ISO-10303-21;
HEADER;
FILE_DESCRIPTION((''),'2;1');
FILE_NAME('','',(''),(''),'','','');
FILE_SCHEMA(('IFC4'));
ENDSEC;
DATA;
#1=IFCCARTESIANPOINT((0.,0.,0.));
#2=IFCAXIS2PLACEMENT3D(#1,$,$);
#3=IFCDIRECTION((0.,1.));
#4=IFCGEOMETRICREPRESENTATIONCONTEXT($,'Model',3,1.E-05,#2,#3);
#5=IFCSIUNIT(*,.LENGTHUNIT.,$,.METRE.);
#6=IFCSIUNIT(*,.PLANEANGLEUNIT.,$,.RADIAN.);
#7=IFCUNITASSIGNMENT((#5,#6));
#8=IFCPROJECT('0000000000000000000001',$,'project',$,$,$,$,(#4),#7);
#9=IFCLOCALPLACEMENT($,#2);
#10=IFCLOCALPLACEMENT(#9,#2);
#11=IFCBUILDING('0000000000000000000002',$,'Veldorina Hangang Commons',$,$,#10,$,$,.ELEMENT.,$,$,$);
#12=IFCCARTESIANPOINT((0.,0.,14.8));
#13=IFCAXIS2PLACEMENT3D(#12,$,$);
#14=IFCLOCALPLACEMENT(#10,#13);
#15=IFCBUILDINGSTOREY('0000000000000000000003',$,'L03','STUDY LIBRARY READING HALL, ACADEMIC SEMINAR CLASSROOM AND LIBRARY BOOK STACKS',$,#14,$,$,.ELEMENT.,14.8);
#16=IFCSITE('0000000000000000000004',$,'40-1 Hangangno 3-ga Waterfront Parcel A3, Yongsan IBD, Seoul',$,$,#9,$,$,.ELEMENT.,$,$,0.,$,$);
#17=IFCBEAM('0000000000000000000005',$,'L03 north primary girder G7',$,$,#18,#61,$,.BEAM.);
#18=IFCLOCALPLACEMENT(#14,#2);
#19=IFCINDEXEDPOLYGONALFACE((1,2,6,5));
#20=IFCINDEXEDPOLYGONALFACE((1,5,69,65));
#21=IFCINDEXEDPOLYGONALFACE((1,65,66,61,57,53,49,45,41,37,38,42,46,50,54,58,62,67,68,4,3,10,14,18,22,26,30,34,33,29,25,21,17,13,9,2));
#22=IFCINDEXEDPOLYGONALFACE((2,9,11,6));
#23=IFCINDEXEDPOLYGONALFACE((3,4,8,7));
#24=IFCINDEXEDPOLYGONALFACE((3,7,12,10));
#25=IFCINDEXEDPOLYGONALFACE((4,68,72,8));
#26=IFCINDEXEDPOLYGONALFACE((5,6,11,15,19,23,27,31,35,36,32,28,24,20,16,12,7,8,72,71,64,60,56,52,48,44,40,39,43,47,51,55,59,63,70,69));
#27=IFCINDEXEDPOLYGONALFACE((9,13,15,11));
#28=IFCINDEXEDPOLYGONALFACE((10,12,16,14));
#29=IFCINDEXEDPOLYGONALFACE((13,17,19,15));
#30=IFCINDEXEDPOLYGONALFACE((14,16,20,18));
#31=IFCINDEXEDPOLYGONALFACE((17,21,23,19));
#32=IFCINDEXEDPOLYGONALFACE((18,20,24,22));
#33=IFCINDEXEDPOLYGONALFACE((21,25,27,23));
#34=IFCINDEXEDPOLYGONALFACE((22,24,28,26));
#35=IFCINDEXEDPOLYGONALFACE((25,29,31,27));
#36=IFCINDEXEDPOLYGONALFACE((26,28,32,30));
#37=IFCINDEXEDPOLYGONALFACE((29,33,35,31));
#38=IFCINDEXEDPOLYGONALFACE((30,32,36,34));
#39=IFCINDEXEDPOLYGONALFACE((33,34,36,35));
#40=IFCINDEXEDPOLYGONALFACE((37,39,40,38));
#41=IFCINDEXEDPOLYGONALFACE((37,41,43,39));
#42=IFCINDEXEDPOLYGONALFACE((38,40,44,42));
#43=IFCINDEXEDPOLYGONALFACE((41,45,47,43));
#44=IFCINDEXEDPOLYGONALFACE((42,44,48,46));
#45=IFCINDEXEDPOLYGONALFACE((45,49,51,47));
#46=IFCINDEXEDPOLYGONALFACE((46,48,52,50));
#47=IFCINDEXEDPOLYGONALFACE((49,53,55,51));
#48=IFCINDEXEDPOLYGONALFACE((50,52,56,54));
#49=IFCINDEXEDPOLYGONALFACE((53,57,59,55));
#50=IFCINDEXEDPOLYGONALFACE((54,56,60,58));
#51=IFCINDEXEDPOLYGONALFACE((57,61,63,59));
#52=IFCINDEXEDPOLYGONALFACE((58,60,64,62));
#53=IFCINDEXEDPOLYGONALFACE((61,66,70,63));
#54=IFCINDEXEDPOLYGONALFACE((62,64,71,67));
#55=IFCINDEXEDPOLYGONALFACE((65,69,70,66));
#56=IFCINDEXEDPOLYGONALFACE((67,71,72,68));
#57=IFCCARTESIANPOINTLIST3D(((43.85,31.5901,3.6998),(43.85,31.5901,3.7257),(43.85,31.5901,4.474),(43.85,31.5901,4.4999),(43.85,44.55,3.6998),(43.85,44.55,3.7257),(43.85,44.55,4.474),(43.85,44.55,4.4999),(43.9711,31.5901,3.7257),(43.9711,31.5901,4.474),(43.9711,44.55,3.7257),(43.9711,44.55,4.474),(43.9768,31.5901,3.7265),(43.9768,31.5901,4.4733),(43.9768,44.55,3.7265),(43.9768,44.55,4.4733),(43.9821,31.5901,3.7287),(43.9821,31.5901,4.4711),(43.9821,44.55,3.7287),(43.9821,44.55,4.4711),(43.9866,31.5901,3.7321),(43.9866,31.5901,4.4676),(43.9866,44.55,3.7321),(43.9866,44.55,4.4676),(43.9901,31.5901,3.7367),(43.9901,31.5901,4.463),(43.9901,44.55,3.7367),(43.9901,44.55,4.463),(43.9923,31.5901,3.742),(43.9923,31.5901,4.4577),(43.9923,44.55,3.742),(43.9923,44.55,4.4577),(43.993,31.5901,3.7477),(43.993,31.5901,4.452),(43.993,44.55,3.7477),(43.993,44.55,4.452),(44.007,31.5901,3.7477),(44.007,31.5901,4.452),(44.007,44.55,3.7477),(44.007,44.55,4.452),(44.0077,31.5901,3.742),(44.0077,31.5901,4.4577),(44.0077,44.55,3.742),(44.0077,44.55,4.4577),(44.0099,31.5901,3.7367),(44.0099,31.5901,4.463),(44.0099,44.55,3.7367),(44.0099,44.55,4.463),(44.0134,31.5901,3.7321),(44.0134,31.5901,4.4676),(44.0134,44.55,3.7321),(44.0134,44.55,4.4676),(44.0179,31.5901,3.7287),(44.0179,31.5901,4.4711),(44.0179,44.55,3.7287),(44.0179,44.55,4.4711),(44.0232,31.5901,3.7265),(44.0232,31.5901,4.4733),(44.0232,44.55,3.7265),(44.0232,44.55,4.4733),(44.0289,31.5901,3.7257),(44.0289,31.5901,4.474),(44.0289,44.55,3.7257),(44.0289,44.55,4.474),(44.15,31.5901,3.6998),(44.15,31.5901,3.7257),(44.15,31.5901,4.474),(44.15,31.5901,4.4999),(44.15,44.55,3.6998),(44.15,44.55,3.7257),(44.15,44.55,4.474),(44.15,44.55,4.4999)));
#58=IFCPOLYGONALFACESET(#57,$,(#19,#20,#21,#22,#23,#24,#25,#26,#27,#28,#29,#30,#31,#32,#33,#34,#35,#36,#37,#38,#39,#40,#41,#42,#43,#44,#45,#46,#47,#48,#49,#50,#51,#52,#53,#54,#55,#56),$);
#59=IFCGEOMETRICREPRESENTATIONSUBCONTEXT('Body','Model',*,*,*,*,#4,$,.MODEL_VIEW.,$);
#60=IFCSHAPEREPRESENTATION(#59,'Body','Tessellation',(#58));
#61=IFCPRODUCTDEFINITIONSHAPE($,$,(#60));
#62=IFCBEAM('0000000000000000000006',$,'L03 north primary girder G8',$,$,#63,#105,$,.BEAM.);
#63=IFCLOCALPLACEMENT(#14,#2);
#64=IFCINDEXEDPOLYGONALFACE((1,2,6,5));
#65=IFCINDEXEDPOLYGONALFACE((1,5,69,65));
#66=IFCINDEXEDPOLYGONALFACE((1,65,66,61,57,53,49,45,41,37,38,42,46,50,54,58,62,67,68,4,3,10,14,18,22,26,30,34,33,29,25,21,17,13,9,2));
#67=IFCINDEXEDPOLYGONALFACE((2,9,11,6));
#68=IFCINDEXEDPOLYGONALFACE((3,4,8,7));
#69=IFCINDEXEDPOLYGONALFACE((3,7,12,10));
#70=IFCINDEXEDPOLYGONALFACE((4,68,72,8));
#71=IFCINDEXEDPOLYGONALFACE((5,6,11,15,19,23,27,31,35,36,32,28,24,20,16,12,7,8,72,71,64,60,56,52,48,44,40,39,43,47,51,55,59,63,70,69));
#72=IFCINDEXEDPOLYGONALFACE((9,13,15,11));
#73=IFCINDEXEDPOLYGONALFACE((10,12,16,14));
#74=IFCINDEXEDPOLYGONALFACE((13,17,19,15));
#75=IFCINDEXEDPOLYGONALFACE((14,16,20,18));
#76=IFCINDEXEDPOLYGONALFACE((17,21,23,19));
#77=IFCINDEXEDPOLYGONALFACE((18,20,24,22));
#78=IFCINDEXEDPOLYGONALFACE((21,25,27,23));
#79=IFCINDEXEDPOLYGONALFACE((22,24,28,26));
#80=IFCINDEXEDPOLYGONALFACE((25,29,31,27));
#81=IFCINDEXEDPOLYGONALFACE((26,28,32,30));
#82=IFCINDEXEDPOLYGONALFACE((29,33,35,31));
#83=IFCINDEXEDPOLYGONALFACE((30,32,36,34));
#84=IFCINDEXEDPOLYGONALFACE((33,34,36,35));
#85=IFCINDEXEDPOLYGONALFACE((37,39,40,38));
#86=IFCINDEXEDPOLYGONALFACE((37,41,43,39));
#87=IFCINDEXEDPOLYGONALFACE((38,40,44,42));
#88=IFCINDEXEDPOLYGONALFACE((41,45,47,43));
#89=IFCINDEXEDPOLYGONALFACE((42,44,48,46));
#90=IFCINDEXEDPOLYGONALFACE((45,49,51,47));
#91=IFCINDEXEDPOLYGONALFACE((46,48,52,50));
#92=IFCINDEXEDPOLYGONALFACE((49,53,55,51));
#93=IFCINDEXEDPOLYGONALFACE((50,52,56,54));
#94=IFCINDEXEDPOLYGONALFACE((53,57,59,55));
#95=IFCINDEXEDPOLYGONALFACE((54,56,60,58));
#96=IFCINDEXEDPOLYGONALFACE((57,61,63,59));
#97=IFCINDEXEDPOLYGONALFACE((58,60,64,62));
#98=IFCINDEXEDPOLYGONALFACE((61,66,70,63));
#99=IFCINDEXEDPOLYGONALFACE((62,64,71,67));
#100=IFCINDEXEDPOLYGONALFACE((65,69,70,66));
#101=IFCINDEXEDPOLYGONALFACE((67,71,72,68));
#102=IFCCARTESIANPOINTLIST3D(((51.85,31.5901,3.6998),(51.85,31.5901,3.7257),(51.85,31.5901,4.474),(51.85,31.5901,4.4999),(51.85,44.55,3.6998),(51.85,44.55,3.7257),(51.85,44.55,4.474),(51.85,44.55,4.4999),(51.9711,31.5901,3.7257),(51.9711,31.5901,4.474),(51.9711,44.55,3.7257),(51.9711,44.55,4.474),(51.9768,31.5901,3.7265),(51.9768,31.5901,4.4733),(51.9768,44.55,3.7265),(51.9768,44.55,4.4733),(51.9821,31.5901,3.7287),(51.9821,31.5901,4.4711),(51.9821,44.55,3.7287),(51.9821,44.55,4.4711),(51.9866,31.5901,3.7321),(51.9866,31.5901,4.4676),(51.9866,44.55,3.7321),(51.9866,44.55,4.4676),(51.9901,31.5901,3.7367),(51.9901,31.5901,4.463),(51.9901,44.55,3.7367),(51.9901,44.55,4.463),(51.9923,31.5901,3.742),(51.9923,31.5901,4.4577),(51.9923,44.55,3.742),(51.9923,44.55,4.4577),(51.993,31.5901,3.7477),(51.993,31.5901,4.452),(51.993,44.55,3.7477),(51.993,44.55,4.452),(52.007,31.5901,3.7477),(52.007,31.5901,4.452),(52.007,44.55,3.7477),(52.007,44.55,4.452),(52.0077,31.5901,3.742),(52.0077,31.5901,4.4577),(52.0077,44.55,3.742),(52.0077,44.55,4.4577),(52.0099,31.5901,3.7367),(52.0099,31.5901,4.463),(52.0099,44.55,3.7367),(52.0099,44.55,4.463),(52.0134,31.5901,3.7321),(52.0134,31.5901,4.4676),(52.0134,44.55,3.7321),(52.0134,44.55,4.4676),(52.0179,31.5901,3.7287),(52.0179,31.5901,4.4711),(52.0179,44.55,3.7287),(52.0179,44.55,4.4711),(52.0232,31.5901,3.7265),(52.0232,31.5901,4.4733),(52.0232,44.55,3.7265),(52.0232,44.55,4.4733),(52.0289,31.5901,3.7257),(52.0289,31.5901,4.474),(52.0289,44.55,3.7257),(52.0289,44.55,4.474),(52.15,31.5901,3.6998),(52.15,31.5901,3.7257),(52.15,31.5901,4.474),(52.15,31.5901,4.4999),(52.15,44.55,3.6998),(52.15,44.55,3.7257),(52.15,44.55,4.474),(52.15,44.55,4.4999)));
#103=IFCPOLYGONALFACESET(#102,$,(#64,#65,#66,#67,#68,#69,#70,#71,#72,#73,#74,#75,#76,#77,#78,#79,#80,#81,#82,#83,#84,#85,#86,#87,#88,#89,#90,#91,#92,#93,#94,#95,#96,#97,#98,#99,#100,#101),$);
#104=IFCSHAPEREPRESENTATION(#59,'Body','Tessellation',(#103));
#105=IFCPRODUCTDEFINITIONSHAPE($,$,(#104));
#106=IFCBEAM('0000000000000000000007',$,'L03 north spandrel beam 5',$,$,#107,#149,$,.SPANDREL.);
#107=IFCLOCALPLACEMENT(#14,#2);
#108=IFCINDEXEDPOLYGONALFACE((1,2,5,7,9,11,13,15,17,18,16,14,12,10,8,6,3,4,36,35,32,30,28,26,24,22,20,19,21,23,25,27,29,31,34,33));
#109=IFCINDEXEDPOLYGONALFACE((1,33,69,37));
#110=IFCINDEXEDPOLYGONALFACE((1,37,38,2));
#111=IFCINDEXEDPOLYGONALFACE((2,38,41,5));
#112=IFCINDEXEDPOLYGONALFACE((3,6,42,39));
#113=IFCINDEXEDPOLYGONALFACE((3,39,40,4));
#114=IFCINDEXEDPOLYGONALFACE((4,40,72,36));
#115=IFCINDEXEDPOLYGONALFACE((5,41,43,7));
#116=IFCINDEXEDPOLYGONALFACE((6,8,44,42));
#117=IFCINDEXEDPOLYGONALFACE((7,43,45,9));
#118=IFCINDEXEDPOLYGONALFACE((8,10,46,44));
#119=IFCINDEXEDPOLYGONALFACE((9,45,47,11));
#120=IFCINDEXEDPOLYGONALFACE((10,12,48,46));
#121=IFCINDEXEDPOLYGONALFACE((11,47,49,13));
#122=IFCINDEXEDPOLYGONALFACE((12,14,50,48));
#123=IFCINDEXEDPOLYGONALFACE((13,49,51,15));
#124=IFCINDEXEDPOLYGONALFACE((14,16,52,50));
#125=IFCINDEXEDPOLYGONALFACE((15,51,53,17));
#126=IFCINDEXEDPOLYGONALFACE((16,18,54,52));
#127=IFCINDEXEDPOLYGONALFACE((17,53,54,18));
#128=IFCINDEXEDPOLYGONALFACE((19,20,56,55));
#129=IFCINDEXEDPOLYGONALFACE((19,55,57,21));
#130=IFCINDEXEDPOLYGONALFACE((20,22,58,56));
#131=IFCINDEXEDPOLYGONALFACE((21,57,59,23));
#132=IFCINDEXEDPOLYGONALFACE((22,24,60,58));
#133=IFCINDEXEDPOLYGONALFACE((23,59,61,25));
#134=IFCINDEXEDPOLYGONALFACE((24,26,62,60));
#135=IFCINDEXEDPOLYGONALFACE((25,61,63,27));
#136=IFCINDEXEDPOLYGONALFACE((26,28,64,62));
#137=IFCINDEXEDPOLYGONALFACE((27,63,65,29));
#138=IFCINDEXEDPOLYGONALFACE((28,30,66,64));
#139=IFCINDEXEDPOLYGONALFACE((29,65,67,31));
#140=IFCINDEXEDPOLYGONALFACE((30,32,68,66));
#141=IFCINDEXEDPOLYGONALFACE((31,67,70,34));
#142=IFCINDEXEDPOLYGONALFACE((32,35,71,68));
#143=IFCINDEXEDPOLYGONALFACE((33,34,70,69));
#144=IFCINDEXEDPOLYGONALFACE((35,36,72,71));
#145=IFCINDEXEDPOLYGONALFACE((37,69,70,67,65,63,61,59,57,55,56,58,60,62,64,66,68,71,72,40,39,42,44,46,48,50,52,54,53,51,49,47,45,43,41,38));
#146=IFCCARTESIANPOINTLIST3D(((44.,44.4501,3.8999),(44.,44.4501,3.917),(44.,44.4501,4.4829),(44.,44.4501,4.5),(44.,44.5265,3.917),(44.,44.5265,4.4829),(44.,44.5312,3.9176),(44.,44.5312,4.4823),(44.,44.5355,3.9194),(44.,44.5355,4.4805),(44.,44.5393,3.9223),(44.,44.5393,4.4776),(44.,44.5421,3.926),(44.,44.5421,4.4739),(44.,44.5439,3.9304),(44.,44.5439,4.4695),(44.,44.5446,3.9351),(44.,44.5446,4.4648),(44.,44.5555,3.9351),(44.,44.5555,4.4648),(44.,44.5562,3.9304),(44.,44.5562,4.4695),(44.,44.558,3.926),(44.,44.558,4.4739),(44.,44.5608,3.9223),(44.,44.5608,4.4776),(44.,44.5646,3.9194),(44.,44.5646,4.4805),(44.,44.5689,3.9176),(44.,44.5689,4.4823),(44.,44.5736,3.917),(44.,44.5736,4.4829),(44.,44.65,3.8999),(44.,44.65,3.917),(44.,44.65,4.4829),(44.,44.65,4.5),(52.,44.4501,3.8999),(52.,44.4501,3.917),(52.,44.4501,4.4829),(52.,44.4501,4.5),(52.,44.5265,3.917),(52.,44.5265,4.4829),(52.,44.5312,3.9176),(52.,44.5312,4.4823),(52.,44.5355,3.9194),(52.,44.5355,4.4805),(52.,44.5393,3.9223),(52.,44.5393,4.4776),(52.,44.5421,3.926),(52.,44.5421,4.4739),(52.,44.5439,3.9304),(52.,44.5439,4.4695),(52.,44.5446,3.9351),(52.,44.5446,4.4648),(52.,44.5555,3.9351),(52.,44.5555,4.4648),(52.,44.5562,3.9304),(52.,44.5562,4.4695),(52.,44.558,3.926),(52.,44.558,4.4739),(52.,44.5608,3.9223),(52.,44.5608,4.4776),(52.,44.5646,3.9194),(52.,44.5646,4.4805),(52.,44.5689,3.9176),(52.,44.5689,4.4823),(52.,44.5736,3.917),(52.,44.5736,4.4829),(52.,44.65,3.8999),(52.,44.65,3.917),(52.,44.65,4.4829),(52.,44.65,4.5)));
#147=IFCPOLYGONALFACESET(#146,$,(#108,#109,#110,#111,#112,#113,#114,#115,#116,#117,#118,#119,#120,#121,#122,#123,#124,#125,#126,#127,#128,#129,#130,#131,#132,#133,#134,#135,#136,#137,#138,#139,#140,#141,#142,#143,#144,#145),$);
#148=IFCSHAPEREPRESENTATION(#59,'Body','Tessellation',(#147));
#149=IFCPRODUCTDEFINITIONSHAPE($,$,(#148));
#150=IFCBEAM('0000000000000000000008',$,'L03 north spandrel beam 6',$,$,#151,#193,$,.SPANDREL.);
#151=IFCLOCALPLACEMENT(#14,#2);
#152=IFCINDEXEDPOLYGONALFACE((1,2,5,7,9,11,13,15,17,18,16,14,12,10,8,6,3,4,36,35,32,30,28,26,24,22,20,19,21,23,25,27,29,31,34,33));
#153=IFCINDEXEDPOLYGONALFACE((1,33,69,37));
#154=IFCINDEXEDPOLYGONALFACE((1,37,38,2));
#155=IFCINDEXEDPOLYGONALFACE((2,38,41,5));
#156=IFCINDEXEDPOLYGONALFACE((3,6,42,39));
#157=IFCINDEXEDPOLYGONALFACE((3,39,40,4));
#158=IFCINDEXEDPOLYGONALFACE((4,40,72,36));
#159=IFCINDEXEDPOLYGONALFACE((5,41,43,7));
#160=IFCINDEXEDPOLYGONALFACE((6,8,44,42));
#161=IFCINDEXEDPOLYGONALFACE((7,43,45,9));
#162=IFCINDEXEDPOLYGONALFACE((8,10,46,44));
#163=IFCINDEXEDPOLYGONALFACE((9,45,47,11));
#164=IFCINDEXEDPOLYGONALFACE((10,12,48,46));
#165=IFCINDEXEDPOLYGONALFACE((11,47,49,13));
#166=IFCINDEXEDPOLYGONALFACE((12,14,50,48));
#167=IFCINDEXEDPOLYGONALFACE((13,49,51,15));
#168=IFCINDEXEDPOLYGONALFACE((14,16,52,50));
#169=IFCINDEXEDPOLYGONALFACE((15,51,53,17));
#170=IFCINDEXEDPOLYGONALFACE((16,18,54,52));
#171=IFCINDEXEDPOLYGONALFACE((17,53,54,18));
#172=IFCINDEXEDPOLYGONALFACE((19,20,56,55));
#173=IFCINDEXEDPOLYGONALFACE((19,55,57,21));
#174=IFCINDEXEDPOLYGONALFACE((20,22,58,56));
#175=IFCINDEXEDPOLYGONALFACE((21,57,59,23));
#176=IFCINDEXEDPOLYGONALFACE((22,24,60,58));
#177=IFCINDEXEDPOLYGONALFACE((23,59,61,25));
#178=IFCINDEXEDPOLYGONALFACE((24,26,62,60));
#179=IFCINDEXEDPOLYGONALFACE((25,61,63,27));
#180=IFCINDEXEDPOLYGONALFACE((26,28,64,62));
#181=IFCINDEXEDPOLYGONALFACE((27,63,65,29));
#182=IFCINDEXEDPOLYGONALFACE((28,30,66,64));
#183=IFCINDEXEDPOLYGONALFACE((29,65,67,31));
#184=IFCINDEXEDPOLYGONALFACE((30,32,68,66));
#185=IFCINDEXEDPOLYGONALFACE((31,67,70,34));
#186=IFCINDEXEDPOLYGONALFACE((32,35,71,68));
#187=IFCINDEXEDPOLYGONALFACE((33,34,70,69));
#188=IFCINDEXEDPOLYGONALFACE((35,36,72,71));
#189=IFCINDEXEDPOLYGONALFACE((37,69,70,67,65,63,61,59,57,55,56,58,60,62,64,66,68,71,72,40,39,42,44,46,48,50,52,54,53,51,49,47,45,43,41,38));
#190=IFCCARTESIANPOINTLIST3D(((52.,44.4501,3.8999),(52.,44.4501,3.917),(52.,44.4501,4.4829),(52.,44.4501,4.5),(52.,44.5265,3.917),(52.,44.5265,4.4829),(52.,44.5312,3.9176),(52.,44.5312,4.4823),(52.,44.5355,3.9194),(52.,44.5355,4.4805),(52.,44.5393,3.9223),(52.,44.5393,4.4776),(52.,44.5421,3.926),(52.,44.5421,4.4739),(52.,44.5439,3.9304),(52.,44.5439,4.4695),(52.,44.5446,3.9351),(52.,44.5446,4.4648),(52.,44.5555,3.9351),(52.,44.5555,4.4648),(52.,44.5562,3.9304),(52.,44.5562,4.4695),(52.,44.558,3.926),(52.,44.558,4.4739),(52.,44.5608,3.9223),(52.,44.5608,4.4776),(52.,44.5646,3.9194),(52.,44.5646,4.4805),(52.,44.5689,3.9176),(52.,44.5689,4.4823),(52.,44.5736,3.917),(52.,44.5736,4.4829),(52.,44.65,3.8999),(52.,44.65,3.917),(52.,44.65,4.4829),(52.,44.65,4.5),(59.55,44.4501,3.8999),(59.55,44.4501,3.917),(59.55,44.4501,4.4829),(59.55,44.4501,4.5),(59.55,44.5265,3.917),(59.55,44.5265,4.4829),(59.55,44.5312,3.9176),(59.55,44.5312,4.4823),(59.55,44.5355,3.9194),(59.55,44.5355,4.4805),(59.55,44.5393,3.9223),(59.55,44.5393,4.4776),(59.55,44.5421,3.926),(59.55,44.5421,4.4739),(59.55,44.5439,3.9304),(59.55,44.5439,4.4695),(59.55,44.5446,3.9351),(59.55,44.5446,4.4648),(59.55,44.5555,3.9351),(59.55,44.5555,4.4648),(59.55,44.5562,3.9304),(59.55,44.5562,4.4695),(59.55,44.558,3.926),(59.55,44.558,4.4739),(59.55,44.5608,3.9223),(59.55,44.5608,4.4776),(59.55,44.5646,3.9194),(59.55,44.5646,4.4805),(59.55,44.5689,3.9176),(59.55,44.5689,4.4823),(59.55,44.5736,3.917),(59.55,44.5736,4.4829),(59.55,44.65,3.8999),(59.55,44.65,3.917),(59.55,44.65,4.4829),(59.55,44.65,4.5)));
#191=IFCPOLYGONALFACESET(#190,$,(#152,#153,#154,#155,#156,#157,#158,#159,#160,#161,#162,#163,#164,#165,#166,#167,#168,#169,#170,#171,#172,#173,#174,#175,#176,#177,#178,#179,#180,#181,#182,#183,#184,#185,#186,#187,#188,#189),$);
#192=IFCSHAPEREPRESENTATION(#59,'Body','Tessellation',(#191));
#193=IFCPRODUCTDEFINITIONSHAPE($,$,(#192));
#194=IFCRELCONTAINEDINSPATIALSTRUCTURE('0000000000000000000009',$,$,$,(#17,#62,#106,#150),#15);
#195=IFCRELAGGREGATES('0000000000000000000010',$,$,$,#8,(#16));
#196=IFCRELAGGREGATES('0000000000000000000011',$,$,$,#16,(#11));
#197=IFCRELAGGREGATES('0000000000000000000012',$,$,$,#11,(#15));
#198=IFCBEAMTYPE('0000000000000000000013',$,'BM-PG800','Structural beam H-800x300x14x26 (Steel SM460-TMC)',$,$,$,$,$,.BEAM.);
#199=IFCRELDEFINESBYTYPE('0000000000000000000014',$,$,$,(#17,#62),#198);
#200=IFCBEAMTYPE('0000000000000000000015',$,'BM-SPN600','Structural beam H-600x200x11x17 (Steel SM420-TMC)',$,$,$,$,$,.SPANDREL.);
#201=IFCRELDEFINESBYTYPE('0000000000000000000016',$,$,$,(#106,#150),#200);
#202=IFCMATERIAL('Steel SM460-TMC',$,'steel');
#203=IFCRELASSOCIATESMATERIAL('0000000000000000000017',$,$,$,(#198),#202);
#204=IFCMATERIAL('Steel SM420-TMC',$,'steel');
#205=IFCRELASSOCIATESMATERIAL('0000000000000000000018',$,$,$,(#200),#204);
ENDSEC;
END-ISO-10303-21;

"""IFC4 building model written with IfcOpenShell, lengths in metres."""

from ifc_helpers import new_model, si_unit, direction, frame, origin, origin_2d, place, context, subcontext, project, spatial, i_section, extrude, material, material_profile, profile_set, type_object, element, save


model = new_model("IFC4")

# Units and contexts
model_context = context("Model", 3, precision=1e-05, world=origin(), true_north=direction((0.0, 1.0)))
body_context = subcontext(model_context, "Body", "Model", "MODEL_VIEW")
ifc_project = project(units=[si_unit("LENGTHUNIT", "METRE"), si_unit("PLANEANGLEUNIT", "RADIAN")], contexts=[model_context])

# Site, building, storey
site_placement = place(None, origin())
site = spatial("IfcSite", under=ifc_project, at=site_placement, Name="40-1 Hangangno 3-ga Waterfront Parcel A3, Yongsan IBD, Seoul", CompositionType="ELEMENT", RefElevation=0.0)
building_placement = place(site_placement, origin())
building = spatial("IfcBuilding", under=site, at=building_placement, Name="Veldorina Hangang Commons", CompositionType="ELEMENT")
storey_placement = place(building_placement, frame((0.0, 0.0, 14.8)))
storey = spatial("IfcBuildingStorey", under=building, at=storey_placement, Name="L03", Description="STUDY LIBRARY READING HALL, ACADEMIC SEMINAR CLASSROOM AND LIBRARY BOOK STACKS", CompositionType="ELEMENT", Elevation=14.8)

# Shared definitions
ifc_material_1 = material(Name="Steel SM420-TMC", Category="steel")

# Beams
ifc_material_2 = material(Name="Steel SM460-TMC", Category="steel")
ifc_material_profile_1 = material_profile(ifc_material_2, i_section(OverallWidth=0.3, OverallDepth=0.8, WebThickness=0.0139, FlangeThickness=0.0259, FilletRadius=0.022, at=origin_2d()), Name="H-800x300x14x26")
ifc_profile_set_1 = profile_set([ifc_material_profile_1], Name="Steel SM460-TMC")
beam_type_1 = type_object("IfcBeamType", Name="BM-PG800", Description="Structural beam H-800x300x14x26 (Steel SM460-TMC)", PredefinedType="BEAM", material=ifc_profile_set_1)
for number, where, z_axis, x_axis, name in (
    (1, (44.0, 31.5901, 4.0999), (0.0, 1.0, 0.0), (-1.0, 0.0, 0.0), "L03 north primary girder G7"),
    (2, (52.0, 31.5901, 4.0999), (0.0, 1.0, 0.0), (-1.0, 0.0, 0.0), "L03 north primary girder G8"),
):
    element("IfcBeam", number, at=place(storey_placement, frame(where, z_axis=z_axis, x_axis=x_axis)), inside=storey, type_object=beam_type_1, Name=name, PredefinedType="BEAM", context=body_context, shape_type="SweptSolid", body=[
        extrude(i_section(OverallWidth=0.3, OverallDepth=0.8, WebThickness=0.0139, FlangeThickness=0.0259, FilletRadius=0.022, at=origin_2d()), origin(), (0.0, 0.0, 1.0), 12.96),
    ])
ifc_material_profile_2 = material_profile(ifc_material_1, i_section(OverallWidth=0.2, OverallDepth=0.6001, WebThickness=0.011, FlangeThickness=0.0171, FilletRadius=0.0181, at=origin_2d()), Name="H-600x200x11x17")
ifc_profile_set_2 = profile_set([ifc_material_profile_2], Name="Steel SM420-TMC")
beam_type_2 = type_object("IfcBeamType", Name="BM-SPN600", Description="Structural beam H-600x200x11x17 (Steel SM420-TMC)", PredefinedType="SPANDREL", material=ifc_profile_set_2)
beam_1_placement = place(storey_placement, frame((44.0, 44.55, 4.2), z_axis=(1.0, 0.0, 0.0), x_axis=(0.0, 1.0, 0.0)))
element("IfcBeam", 3, at=beam_1_placement, inside=storey, type_object=beam_type_2, Name="L03 north spandrel beam 5", PredefinedType="SPANDREL", context=body_context, shape_type="SweptSolid", body=[
    extrude(i_section(OverallWidth=0.2, OverallDepth=0.6001, WebThickness=0.011, FlangeThickness=0.0171, FilletRadius=0.0181, at=origin_2d()), origin(), (0.0, 0.0, 1.0), 8.0),
])
beam_2_placement = place(storey_placement, frame((52.0, 44.55, 4.2), z_axis=(1.0, 0.0, 0.0), x_axis=(0.0, 1.0, 0.0)))
element("IfcBeam", 4, at=beam_2_placement, inside=storey, type_object=beam_type_2, Name="L03 north spandrel beam 6", PredefinedType="SPANDREL", context=body_context, shape_type="SweptSolid", body=[
    extrude(i_section(OverallWidth=0.2, OverallDepth=0.6001, WebThickness=0.011, FlangeThickness=0.0171, FilletRadius=0.0181, at=origin_2d()), origin(), (0.0, 0.0, 1.0), 7.55),
])

save(model, "model.ifc")
